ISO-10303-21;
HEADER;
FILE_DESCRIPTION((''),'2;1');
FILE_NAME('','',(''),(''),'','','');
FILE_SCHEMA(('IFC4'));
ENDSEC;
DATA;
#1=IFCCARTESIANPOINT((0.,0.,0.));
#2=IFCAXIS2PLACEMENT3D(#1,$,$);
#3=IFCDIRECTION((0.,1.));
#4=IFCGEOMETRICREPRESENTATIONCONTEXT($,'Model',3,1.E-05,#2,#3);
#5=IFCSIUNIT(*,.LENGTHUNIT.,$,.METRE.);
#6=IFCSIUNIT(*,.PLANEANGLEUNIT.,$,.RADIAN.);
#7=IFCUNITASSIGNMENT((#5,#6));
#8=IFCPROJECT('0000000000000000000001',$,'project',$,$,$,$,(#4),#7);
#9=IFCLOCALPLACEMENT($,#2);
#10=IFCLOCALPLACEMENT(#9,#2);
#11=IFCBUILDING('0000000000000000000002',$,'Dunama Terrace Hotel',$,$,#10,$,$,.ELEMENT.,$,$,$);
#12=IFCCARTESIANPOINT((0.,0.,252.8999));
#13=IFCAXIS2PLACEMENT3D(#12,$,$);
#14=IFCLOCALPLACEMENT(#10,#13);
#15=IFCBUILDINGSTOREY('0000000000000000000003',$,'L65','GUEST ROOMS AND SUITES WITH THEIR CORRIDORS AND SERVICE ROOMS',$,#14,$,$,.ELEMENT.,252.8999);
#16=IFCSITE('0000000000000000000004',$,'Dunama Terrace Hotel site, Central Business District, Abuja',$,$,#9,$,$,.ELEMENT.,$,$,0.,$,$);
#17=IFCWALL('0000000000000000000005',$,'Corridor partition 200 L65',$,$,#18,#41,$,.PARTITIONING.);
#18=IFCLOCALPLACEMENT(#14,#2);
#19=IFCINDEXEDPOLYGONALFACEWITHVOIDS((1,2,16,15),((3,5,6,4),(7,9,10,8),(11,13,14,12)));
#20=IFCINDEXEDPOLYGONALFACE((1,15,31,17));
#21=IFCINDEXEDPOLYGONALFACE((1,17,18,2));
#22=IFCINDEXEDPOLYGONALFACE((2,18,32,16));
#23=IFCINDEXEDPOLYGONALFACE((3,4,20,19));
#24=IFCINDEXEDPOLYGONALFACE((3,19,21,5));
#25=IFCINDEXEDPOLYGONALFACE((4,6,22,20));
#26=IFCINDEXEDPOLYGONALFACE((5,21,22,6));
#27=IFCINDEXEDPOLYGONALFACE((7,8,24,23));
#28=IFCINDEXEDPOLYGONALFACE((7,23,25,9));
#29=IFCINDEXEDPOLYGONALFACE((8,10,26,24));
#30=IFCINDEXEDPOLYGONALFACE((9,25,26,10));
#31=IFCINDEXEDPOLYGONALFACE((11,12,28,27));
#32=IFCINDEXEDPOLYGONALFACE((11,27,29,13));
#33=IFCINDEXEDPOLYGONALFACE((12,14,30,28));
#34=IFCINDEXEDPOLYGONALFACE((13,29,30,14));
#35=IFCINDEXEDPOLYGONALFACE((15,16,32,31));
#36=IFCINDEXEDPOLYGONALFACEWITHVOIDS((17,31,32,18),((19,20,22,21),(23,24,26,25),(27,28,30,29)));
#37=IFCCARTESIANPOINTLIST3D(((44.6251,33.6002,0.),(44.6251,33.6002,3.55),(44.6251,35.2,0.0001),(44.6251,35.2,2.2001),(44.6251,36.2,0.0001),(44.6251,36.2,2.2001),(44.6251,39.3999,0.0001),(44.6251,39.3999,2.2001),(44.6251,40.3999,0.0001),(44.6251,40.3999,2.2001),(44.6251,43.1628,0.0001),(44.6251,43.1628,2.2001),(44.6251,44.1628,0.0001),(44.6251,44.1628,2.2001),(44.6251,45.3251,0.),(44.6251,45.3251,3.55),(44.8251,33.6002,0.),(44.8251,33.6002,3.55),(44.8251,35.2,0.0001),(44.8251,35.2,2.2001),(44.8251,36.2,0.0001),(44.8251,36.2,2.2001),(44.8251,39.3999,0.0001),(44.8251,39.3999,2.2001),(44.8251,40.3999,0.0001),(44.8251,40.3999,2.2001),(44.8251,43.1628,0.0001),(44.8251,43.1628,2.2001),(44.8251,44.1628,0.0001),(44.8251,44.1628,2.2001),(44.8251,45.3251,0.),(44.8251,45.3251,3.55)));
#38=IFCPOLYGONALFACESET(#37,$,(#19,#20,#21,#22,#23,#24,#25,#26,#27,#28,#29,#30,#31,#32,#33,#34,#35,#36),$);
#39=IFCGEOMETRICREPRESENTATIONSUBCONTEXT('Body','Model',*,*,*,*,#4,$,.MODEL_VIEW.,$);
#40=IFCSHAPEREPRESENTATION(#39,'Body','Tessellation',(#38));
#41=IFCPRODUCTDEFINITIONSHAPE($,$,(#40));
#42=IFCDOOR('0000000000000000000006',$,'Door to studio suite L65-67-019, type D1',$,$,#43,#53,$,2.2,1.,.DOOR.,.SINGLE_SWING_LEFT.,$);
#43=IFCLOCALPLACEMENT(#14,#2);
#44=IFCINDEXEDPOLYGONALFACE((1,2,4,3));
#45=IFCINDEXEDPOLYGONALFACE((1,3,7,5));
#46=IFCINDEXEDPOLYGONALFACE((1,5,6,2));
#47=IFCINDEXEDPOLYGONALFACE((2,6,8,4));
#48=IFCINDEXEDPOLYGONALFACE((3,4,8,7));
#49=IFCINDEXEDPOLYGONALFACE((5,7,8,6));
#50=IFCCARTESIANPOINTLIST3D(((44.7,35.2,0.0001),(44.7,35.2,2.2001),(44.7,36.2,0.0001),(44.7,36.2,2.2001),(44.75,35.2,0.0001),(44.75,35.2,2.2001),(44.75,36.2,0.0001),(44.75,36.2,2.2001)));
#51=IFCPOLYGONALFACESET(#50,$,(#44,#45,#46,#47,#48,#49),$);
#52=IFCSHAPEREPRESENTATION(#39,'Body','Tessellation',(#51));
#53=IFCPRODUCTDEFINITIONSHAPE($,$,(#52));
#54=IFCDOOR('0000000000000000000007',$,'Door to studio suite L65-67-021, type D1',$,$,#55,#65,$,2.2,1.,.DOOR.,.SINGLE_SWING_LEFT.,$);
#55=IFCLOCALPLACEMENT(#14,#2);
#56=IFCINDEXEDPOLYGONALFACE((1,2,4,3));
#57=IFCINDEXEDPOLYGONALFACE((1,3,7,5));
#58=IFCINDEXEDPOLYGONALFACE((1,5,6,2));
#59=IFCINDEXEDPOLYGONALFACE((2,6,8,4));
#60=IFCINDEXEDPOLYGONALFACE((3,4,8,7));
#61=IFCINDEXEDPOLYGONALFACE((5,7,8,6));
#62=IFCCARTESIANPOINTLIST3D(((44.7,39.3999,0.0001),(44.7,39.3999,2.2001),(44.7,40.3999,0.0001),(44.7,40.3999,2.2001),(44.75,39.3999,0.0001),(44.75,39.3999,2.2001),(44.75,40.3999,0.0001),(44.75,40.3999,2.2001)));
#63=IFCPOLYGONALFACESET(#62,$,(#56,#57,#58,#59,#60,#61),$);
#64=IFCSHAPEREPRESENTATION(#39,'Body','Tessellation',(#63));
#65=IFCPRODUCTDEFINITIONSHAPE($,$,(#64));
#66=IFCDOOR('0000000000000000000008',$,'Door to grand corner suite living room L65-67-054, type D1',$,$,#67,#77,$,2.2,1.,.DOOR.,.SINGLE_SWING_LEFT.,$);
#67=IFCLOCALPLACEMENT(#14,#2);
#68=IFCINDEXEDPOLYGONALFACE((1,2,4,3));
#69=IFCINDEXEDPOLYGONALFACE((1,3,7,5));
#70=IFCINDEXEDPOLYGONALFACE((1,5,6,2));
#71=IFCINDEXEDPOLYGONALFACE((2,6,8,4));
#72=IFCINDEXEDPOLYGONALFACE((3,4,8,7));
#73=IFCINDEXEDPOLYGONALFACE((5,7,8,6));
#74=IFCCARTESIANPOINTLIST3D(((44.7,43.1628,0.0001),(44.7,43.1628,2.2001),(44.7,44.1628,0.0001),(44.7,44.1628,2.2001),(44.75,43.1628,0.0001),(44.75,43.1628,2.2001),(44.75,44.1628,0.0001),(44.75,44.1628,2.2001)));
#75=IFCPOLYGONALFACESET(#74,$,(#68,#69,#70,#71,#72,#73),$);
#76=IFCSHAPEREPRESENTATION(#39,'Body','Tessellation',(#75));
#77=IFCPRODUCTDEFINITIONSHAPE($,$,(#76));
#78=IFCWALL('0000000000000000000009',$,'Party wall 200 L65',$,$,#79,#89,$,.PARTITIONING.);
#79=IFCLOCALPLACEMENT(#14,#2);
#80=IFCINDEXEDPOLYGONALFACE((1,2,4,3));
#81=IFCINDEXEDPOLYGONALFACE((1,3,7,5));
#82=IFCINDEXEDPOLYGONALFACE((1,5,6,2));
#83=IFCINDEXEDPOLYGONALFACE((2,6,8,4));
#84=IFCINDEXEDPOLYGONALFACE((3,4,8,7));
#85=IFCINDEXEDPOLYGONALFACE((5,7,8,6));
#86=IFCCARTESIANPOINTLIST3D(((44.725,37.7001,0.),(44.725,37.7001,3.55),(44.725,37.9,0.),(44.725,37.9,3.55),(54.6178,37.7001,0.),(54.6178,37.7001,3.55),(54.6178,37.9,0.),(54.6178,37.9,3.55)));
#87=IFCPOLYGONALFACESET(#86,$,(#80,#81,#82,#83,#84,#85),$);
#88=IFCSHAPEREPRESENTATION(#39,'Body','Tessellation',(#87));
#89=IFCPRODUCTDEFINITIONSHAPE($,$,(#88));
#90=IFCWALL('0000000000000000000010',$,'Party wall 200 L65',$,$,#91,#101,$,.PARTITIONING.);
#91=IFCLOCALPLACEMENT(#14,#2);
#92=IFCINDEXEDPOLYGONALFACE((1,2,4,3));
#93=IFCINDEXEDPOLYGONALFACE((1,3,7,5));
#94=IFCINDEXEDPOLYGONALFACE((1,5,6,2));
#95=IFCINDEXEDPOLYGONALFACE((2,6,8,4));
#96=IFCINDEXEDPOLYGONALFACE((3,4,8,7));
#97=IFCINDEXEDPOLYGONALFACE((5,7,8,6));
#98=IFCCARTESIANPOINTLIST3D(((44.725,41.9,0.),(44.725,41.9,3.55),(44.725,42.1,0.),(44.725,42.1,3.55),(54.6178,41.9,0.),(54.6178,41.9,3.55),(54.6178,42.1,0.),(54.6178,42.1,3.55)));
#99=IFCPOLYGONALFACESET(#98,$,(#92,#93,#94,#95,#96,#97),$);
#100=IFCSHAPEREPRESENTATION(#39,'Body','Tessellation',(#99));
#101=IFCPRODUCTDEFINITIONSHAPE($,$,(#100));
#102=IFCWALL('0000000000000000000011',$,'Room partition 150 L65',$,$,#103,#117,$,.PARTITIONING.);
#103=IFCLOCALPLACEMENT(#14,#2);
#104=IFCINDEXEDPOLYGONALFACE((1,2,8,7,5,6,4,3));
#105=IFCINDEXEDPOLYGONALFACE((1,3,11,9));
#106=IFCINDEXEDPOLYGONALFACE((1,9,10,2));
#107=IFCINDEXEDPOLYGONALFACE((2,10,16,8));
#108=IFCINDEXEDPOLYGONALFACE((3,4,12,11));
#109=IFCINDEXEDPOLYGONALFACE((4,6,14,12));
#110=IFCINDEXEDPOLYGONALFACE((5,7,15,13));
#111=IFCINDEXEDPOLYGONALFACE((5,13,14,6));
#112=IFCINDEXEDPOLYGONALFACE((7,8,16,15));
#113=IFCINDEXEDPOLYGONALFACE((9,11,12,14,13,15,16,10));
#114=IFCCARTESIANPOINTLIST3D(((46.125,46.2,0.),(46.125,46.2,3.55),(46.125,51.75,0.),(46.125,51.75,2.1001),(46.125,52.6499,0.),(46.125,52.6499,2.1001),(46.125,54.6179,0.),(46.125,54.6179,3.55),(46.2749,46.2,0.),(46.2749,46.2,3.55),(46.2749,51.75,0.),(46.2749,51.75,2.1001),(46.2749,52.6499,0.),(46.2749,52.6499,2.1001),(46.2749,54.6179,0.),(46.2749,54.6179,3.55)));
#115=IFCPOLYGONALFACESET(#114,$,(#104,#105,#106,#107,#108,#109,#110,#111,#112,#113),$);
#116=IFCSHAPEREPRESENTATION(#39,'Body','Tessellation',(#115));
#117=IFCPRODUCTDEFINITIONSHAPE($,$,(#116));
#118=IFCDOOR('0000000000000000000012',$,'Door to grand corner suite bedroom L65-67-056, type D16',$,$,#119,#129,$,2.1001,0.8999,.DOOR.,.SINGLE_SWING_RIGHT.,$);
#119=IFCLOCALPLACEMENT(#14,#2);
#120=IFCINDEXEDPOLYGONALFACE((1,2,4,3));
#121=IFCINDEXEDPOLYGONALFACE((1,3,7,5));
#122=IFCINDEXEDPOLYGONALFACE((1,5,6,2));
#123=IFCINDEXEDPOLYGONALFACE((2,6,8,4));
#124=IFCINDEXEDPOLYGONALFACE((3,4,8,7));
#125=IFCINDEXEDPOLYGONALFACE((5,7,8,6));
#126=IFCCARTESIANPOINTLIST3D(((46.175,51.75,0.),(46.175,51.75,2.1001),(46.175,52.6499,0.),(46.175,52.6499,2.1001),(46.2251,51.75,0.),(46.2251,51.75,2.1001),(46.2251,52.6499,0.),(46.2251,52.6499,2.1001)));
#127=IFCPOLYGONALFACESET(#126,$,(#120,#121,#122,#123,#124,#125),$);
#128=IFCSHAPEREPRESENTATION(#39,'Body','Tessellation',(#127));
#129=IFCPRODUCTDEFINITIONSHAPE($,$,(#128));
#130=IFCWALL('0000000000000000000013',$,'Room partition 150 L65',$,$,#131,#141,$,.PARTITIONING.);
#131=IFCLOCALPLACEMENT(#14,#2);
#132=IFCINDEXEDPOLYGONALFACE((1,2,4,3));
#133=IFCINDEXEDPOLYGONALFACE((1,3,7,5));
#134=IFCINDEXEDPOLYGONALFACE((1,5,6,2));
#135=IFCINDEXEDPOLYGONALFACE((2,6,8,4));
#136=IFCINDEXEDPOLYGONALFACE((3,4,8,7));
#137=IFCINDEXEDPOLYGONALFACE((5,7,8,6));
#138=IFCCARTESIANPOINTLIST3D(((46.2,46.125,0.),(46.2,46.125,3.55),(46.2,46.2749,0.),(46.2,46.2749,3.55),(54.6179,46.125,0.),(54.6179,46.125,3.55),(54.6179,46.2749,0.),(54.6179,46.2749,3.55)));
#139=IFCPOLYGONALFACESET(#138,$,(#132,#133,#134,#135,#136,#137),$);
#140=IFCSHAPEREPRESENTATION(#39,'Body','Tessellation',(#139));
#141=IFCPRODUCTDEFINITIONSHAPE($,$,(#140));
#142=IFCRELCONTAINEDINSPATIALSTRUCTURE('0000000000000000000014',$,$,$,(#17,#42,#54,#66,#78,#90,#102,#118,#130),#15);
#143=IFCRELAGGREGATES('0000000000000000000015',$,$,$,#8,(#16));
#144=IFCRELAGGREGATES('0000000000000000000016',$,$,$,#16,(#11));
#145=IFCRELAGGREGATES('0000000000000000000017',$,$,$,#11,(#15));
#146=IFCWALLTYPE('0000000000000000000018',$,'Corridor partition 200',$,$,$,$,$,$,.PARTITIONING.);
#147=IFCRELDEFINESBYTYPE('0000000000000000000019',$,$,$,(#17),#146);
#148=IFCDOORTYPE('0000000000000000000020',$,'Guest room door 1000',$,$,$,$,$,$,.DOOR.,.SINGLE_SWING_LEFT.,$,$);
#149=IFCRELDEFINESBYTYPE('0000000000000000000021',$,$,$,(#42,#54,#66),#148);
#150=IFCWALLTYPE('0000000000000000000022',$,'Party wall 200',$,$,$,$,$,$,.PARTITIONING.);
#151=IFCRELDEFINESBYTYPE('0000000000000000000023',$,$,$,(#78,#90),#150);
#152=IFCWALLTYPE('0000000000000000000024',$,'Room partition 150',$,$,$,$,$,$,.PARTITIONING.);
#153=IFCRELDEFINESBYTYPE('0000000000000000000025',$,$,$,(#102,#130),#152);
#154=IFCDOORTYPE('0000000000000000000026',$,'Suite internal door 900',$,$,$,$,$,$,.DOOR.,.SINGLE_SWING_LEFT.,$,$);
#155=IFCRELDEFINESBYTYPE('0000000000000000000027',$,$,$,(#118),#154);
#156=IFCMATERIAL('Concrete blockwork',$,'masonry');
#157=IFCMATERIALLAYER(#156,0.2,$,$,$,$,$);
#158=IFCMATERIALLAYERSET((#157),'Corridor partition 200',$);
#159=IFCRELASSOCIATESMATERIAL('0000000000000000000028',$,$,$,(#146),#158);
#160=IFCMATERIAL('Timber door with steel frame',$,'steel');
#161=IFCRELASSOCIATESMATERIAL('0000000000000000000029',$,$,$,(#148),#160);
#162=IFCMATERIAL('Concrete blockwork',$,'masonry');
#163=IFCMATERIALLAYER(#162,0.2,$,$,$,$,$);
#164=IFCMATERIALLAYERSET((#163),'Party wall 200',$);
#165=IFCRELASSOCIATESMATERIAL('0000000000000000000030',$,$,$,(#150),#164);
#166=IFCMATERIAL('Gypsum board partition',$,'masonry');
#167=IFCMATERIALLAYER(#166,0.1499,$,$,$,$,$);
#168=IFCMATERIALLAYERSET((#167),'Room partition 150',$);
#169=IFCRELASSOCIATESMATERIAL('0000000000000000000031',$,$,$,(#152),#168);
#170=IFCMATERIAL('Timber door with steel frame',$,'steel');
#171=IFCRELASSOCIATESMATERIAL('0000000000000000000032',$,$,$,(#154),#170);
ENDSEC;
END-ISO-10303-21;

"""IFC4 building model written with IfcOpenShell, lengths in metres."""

from ifc_helpers import new_model, si_unit, direction, frame, frame_2d, origin, place, context, subcontext, project, spatial, rectangle, extrude, material, layer, layer_set, type_object, element, fill, save


model = new_model("IFC4")

# Units and contexts
model_context = context("Model", 3, precision=1e-05, world=origin(), true_north=direction((0.0, 1.0)))
body_context = subcontext(model_context, "Body", "Model", "MODEL_VIEW")
ifc_project = project(units=[si_unit("LENGTHUNIT", "METRE"), si_unit("PLANEANGLEUNIT", "RADIAN")], contexts=[model_context])

# Site, building, storey
site_placement = place(None, origin())
site = spatial("IfcSite", under=ifc_project, at=site_placement, Name="Dunama Terrace Hotel site, Central Business District, Abuja", CompositionType="ELEMENT", RefElevation=0.0)
building_placement = place(site_placement, origin())
building = spatial("IfcBuilding", under=site, at=building_placement, Name="Dunama Terrace Hotel", CompositionType="ELEMENT")
storey_placement = place(building_placement, frame((0.0, 0.0, 252.8999)))
storey = spatial("IfcBuildingStorey", under=building, at=storey_placement, Name="L65", Description="GUEST ROOMS AND SUITES WITH THEIR CORRIDORS AND SERVICE ROOMS", CompositionType="ELEMENT", Elevation=252.8999)

# Wall, openings, doors
ifc_material_1 = material(Name="Concrete blockwork", Category="masonry")
ifc_layer_1 = layer(ifc_material_1, 0.2)
ifc_layer_set_1 = layer_set([ifc_layer_1], Name="Corridor partition 200")
wall_type_1 = type_object("IfcWallType", Name="Corridor partition 200", PredefinedType="PARTITIONING", material=ifc_layer_set_1)
wall_1_placement = place(storey_placement, frame((44.7251, 45.325, 0.0), z_axis=(0.0, 0.0, 1.0), x_axis=(0.0, -1.0, 0.0)))
wall_1 = element("IfcWall", 1, at=wall_1_placement, inside=storey, type_object=wall_type_1, Name="Corridor partition 200 L65", PredefinedType="PARTITIONING", context=body_context, shape_type="SweptSolid", body=[
    extrude(rectangle(XDim=11.7249, YDim=0.2, at=frame_2d((5.8623, 0.0))), origin(), (0.0, 0.0, 1.0), 3.55),
])
opening_1_placement = place(wall_1_placement, frame((9.125, 0.0, 0.0)))
opening_1 = element("IfcOpeningElement", 2, at=opening_1_placement, cuts=wall_1, PredefinedType="OPENING", context=body_context, shape_type="SweptSolid", body=[
    extrude(rectangle(XDim=1.0, YDim=2.2, at=frame_2d((0.5, 1.1001))), frame((0.0, 0.1099, 0.0), z_axis=(0.0, -1.0, 0.0), x_axis=(1.0, 0.0, 0.0)), (0.0, 0.0, 1.0), 0.22),
])
opening_2_placement = place(wall_1_placement, frame((4.925, 0.0, 0.0)))
opening_2 = element("IfcOpeningElement", 3, at=opening_2_placement, cuts=wall_1, PredefinedType="OPENING", context=body_context, shape_type="SweptSolid", body=[
    extrude(rectangle(XDim=1.0, YDim=2.2, at=frame_2d((0.5, 1.1001))), frame((0.0, 0.1099, 0.0), z_axis=(0.0, -1.0, 0.0), x_axis=(1.0, 0.0, 0.0)), (0.0, 0.0, 1.0), 0.22),
])
opening_3_placement = place(wall_1_placement, frame((1.1621, 0.0, 0.0)))
opening_3 = element("IfcOpeningElement", 4, at=opening_3_placement, cuts=wall_1, PredefinedType="OPENING", context=body_context, shape_type="SweptSolid", body=[
    extrude(rectangle(XDim=1.0, YDim=2.2, at=frame_2d((0.5, 1.1001))), frame((0.0, 0.1099, 0.0), z_axis=(0.0, -1.0, 0.0), x_axis=(1.0, 0.0, 0.0)), (0.0, 0.0, 1.0), 0.22),
])
ifc_material_2 = material(Name="Timber door with steel frame", Category="steel")
door_type_1 = type_object("IfcDoorType", Name="Guest room door 1000", OperationType="SINGLE_SWING_LEFT", PredefinedType="DOOR", material=ifc_material_2)
door_1_placement = place(opening_1_placement, origin())
door_1 = element("IfcDoor", 5, at=door_1_placement, inside=storey, type_object=door_type_1, Name="Door to studio suite L65-67-019, type D1", OperationType="SINGLE_SWING_LEFT", OverallHeight=2.2, OverallWidth=1.0, PredefinedType="DOOR", context=body_context, shape_type="SweptSolid", body=[
    extrude(rectangle(XDim=1.0, YDim=2.2, at=frame_2d((0.5, 1.1001))), frame((0.0, 0.0249, 0.0), z_axis=(0.0, -1.0, 0.0), x_axis=(1.0, 0.0, 0.0)), (0.0, 0.0, 1.0), 0.05),
])
fill(opening_1, door_1)
door_2_placement = place(opening_2_placement, origin())
door_2 = element("IfcDoor", 6, at=door_2_placement, inside=storey, type_object=door_type_1, Name="Door to studio suite L65-67-021, type D1", OperationType="SINGLE_SWING_LEFT", OverallHeight=2.2, OverallWidth=1.0, PredefinedType="DOOR", context=body_context, shape_type="SweptSolid", body=[
    extrude(rectangle(XDim=1.0, YDim=2.2, at=frame_2d((0.5, 1.1001))), frame((0.0, 0.0249, 0.0), z_axis=(0.0, -1.0, 0.0), x_axis=(1.0, 0.0, 0.0)), (0.0, 0.0, 1.0), 0.05),
])
fill(opening_2, door_2)
door_3_placement = place(opening_3_placement, origin())
door_3 = element("IfcDoor", 7, at=door_3_placement, inside=storey, type_object=door_type_1, Name="Door to grand corner suite living room L65-67-054, type D1", OperationType="SINGLE_SWING_LEFT", OverallHeight=2.2, OverallWidth=1.0, PredefinedType="DOOR", context=body_context, shape_type="SweptSolid", body=[
    extrude(rectangle(XDim=1.0, YDim=2.2, at=frame_2d((0.5, 1.1001))), frame((0.0, 0.0249, 0.0), z_axis=(0.0, -1.0, 0.0), x_axis=(1.0, 0.0, 0.0)), (0.0, 0.0, 1.0), 0.05),
])
fill(opening_3, door_3)

# Walls
ifc_material_3 = material(Name="Concrete blockwork", Category="masonry")
ifc_layer_2 = layer(ifc_material_3, 0.2)
ifc_layer_set_2 = layer_set([ifc_layer_2], Name="Party wall 200")
wall_type_2 = type_object("IfcWallType", Name="Party wall 200", PredefinedType="PARTITIONING", material=ifc_layer_set_2)
for number, where, z_axis, x_axis, name in (
    (8, (44.7251, 37.8, 0.0), (0.0, 0.0, 1.0), (1.0, 0.0, 0.0), "Party wall 200 L65"),
    (9, (44.7251, 42.0, 0.0), (0.0, 0.0, 1.0), (1.0, 0.0, 0.0), "Party wall 200 L65"),
):
    element("IfcWall", number, at=place(storey_placement, frame(where, z_axis=z_axis, x_axis=x_axis)), inside=storey, type_object=wall_type_2, Name=name, PredefinedType="PARTITIONING", context=body_context, shape_type="SweptSolid", body=[
        extrude(rectangle(XDim=9.8928, YDim=0.2, at=frame_2d((4.9463, 0.0))), origin(), (0.0, 0.0, 1.0), 3.55),
    ])

# Wall, opening, door
ifc_material_4 = material(Name="Gypsum board partition", Category="masonry")
ifc_layer_3 = layer(ifc_material_4, 0.1499)
ifc_layer_set_3 = layer_set([ifc_layer_3], Name="Room partition 150")
wall_type_3 = type_object("IfcWallType", Name="Room partition 150", PredefinedType="PARTITIONING", material=ifc_layer_set_3)
wall_2_placement = place(storey_placement, frame((46.2, 46.2, 0.0), z_axis=(0.0, 0.0, 1.0), x_axis=(0.0, 1.0, 0.0)))
wall_2 = element("IfcWall", 10, at=wall_2_placement, inside=storey, type_object=wall_type_3, Name="Room partition 150 L65", PredefinedType="PARTITIONING", context=body_context, shape_type="SweptSolid", body=[
    extrude(rectangle(XDim=8.418, YDim=0.1499, at=frame_2d((4.209, 0.0))), origin(), (0.0, 0.0, 1.0), 3.55),
])
opening_4_placement = place(wall_2_placement, frame((5.55, 0.0, 0.0)))
opening_4 = element("IfcOpeningElement", 11, at=opening_4_placement, cuts=wall_2, PredefinedType="OPENING", context=body_context, shape_type="SweptSolid", body=[
    extrude(rectangle(XDim=0.8999, YDim=2.1001, at=frame_2d((0.45, 1.05))), frame((0.0, 0.085, 0.0), z_axis=(0.0, -1.0, 0.0), x_axis=(1.0, 0.0, 0.0)), (0.0, 0.0, 1.0), 0.1699),
])
ifc_material_5 = material(Name="Timber door with steel frame", Category="steel")
door_type_2 = type_object("IfcDoorType", Name="Suite internal door 900", OperationType="SINGLE_SWING_LEFT", PredefinedType="DOOR", material=ifc_material_5)
door_4_placement = place(opening_4_placement, frame((0.8999, 0.0, 0.0), z_axis=(0.0, 0.0, 1.0), x_axis=(-1.0, 0.0, 0.0)))
door_4 = element("IfcDoor", 12, at=door_4_placement, inside=storey, type_object=door_type_2, Name="Door to grand corner suite bedroom L65-67-056, type D16", OperationType="SINGLE_SWING_RIGHT", OverallHeight=2.1001, OverallWidth=0.8999, PredefinedType="DOOR", context=body_context, shape_type="SweptSolid", body=[
    extrude(rectangle(XDim=0.8999, YDim=2.1001, at=frame_2d((0.45, 1.05))), frame((0.0, 0.0251, 0.0), z_axis=(0.0, -1.0, 0.0), x_axis=(1.0, 0.0, 0.0)), (0.0, 0.0, 1.0), 0.05),
])
fill(opening_4, door_4)

# Wall
wall_3_placement = place(storey_placement, frame((46.2, 46.2, 0.0), z_axis=(0.0, 0.0, 1.0), x_axis=(1.0, 0.0, 0.0)))
element("IfcWall", 13, at=wall_3_placement, inside=storey, type_object=wall_type_3, Name="Room partition 150 L65", PredefinedType="PARTITIONING", context=body_context, shape_type="SweptSolid", body=[
    extrude(rectangle(XDim=8.418, YDim=0.1499, at=frame_2d((4.209, 0.0))), origin(), (0.0, 0.0, 1.0), 3.55),
])

save(model, "model.ifc")
